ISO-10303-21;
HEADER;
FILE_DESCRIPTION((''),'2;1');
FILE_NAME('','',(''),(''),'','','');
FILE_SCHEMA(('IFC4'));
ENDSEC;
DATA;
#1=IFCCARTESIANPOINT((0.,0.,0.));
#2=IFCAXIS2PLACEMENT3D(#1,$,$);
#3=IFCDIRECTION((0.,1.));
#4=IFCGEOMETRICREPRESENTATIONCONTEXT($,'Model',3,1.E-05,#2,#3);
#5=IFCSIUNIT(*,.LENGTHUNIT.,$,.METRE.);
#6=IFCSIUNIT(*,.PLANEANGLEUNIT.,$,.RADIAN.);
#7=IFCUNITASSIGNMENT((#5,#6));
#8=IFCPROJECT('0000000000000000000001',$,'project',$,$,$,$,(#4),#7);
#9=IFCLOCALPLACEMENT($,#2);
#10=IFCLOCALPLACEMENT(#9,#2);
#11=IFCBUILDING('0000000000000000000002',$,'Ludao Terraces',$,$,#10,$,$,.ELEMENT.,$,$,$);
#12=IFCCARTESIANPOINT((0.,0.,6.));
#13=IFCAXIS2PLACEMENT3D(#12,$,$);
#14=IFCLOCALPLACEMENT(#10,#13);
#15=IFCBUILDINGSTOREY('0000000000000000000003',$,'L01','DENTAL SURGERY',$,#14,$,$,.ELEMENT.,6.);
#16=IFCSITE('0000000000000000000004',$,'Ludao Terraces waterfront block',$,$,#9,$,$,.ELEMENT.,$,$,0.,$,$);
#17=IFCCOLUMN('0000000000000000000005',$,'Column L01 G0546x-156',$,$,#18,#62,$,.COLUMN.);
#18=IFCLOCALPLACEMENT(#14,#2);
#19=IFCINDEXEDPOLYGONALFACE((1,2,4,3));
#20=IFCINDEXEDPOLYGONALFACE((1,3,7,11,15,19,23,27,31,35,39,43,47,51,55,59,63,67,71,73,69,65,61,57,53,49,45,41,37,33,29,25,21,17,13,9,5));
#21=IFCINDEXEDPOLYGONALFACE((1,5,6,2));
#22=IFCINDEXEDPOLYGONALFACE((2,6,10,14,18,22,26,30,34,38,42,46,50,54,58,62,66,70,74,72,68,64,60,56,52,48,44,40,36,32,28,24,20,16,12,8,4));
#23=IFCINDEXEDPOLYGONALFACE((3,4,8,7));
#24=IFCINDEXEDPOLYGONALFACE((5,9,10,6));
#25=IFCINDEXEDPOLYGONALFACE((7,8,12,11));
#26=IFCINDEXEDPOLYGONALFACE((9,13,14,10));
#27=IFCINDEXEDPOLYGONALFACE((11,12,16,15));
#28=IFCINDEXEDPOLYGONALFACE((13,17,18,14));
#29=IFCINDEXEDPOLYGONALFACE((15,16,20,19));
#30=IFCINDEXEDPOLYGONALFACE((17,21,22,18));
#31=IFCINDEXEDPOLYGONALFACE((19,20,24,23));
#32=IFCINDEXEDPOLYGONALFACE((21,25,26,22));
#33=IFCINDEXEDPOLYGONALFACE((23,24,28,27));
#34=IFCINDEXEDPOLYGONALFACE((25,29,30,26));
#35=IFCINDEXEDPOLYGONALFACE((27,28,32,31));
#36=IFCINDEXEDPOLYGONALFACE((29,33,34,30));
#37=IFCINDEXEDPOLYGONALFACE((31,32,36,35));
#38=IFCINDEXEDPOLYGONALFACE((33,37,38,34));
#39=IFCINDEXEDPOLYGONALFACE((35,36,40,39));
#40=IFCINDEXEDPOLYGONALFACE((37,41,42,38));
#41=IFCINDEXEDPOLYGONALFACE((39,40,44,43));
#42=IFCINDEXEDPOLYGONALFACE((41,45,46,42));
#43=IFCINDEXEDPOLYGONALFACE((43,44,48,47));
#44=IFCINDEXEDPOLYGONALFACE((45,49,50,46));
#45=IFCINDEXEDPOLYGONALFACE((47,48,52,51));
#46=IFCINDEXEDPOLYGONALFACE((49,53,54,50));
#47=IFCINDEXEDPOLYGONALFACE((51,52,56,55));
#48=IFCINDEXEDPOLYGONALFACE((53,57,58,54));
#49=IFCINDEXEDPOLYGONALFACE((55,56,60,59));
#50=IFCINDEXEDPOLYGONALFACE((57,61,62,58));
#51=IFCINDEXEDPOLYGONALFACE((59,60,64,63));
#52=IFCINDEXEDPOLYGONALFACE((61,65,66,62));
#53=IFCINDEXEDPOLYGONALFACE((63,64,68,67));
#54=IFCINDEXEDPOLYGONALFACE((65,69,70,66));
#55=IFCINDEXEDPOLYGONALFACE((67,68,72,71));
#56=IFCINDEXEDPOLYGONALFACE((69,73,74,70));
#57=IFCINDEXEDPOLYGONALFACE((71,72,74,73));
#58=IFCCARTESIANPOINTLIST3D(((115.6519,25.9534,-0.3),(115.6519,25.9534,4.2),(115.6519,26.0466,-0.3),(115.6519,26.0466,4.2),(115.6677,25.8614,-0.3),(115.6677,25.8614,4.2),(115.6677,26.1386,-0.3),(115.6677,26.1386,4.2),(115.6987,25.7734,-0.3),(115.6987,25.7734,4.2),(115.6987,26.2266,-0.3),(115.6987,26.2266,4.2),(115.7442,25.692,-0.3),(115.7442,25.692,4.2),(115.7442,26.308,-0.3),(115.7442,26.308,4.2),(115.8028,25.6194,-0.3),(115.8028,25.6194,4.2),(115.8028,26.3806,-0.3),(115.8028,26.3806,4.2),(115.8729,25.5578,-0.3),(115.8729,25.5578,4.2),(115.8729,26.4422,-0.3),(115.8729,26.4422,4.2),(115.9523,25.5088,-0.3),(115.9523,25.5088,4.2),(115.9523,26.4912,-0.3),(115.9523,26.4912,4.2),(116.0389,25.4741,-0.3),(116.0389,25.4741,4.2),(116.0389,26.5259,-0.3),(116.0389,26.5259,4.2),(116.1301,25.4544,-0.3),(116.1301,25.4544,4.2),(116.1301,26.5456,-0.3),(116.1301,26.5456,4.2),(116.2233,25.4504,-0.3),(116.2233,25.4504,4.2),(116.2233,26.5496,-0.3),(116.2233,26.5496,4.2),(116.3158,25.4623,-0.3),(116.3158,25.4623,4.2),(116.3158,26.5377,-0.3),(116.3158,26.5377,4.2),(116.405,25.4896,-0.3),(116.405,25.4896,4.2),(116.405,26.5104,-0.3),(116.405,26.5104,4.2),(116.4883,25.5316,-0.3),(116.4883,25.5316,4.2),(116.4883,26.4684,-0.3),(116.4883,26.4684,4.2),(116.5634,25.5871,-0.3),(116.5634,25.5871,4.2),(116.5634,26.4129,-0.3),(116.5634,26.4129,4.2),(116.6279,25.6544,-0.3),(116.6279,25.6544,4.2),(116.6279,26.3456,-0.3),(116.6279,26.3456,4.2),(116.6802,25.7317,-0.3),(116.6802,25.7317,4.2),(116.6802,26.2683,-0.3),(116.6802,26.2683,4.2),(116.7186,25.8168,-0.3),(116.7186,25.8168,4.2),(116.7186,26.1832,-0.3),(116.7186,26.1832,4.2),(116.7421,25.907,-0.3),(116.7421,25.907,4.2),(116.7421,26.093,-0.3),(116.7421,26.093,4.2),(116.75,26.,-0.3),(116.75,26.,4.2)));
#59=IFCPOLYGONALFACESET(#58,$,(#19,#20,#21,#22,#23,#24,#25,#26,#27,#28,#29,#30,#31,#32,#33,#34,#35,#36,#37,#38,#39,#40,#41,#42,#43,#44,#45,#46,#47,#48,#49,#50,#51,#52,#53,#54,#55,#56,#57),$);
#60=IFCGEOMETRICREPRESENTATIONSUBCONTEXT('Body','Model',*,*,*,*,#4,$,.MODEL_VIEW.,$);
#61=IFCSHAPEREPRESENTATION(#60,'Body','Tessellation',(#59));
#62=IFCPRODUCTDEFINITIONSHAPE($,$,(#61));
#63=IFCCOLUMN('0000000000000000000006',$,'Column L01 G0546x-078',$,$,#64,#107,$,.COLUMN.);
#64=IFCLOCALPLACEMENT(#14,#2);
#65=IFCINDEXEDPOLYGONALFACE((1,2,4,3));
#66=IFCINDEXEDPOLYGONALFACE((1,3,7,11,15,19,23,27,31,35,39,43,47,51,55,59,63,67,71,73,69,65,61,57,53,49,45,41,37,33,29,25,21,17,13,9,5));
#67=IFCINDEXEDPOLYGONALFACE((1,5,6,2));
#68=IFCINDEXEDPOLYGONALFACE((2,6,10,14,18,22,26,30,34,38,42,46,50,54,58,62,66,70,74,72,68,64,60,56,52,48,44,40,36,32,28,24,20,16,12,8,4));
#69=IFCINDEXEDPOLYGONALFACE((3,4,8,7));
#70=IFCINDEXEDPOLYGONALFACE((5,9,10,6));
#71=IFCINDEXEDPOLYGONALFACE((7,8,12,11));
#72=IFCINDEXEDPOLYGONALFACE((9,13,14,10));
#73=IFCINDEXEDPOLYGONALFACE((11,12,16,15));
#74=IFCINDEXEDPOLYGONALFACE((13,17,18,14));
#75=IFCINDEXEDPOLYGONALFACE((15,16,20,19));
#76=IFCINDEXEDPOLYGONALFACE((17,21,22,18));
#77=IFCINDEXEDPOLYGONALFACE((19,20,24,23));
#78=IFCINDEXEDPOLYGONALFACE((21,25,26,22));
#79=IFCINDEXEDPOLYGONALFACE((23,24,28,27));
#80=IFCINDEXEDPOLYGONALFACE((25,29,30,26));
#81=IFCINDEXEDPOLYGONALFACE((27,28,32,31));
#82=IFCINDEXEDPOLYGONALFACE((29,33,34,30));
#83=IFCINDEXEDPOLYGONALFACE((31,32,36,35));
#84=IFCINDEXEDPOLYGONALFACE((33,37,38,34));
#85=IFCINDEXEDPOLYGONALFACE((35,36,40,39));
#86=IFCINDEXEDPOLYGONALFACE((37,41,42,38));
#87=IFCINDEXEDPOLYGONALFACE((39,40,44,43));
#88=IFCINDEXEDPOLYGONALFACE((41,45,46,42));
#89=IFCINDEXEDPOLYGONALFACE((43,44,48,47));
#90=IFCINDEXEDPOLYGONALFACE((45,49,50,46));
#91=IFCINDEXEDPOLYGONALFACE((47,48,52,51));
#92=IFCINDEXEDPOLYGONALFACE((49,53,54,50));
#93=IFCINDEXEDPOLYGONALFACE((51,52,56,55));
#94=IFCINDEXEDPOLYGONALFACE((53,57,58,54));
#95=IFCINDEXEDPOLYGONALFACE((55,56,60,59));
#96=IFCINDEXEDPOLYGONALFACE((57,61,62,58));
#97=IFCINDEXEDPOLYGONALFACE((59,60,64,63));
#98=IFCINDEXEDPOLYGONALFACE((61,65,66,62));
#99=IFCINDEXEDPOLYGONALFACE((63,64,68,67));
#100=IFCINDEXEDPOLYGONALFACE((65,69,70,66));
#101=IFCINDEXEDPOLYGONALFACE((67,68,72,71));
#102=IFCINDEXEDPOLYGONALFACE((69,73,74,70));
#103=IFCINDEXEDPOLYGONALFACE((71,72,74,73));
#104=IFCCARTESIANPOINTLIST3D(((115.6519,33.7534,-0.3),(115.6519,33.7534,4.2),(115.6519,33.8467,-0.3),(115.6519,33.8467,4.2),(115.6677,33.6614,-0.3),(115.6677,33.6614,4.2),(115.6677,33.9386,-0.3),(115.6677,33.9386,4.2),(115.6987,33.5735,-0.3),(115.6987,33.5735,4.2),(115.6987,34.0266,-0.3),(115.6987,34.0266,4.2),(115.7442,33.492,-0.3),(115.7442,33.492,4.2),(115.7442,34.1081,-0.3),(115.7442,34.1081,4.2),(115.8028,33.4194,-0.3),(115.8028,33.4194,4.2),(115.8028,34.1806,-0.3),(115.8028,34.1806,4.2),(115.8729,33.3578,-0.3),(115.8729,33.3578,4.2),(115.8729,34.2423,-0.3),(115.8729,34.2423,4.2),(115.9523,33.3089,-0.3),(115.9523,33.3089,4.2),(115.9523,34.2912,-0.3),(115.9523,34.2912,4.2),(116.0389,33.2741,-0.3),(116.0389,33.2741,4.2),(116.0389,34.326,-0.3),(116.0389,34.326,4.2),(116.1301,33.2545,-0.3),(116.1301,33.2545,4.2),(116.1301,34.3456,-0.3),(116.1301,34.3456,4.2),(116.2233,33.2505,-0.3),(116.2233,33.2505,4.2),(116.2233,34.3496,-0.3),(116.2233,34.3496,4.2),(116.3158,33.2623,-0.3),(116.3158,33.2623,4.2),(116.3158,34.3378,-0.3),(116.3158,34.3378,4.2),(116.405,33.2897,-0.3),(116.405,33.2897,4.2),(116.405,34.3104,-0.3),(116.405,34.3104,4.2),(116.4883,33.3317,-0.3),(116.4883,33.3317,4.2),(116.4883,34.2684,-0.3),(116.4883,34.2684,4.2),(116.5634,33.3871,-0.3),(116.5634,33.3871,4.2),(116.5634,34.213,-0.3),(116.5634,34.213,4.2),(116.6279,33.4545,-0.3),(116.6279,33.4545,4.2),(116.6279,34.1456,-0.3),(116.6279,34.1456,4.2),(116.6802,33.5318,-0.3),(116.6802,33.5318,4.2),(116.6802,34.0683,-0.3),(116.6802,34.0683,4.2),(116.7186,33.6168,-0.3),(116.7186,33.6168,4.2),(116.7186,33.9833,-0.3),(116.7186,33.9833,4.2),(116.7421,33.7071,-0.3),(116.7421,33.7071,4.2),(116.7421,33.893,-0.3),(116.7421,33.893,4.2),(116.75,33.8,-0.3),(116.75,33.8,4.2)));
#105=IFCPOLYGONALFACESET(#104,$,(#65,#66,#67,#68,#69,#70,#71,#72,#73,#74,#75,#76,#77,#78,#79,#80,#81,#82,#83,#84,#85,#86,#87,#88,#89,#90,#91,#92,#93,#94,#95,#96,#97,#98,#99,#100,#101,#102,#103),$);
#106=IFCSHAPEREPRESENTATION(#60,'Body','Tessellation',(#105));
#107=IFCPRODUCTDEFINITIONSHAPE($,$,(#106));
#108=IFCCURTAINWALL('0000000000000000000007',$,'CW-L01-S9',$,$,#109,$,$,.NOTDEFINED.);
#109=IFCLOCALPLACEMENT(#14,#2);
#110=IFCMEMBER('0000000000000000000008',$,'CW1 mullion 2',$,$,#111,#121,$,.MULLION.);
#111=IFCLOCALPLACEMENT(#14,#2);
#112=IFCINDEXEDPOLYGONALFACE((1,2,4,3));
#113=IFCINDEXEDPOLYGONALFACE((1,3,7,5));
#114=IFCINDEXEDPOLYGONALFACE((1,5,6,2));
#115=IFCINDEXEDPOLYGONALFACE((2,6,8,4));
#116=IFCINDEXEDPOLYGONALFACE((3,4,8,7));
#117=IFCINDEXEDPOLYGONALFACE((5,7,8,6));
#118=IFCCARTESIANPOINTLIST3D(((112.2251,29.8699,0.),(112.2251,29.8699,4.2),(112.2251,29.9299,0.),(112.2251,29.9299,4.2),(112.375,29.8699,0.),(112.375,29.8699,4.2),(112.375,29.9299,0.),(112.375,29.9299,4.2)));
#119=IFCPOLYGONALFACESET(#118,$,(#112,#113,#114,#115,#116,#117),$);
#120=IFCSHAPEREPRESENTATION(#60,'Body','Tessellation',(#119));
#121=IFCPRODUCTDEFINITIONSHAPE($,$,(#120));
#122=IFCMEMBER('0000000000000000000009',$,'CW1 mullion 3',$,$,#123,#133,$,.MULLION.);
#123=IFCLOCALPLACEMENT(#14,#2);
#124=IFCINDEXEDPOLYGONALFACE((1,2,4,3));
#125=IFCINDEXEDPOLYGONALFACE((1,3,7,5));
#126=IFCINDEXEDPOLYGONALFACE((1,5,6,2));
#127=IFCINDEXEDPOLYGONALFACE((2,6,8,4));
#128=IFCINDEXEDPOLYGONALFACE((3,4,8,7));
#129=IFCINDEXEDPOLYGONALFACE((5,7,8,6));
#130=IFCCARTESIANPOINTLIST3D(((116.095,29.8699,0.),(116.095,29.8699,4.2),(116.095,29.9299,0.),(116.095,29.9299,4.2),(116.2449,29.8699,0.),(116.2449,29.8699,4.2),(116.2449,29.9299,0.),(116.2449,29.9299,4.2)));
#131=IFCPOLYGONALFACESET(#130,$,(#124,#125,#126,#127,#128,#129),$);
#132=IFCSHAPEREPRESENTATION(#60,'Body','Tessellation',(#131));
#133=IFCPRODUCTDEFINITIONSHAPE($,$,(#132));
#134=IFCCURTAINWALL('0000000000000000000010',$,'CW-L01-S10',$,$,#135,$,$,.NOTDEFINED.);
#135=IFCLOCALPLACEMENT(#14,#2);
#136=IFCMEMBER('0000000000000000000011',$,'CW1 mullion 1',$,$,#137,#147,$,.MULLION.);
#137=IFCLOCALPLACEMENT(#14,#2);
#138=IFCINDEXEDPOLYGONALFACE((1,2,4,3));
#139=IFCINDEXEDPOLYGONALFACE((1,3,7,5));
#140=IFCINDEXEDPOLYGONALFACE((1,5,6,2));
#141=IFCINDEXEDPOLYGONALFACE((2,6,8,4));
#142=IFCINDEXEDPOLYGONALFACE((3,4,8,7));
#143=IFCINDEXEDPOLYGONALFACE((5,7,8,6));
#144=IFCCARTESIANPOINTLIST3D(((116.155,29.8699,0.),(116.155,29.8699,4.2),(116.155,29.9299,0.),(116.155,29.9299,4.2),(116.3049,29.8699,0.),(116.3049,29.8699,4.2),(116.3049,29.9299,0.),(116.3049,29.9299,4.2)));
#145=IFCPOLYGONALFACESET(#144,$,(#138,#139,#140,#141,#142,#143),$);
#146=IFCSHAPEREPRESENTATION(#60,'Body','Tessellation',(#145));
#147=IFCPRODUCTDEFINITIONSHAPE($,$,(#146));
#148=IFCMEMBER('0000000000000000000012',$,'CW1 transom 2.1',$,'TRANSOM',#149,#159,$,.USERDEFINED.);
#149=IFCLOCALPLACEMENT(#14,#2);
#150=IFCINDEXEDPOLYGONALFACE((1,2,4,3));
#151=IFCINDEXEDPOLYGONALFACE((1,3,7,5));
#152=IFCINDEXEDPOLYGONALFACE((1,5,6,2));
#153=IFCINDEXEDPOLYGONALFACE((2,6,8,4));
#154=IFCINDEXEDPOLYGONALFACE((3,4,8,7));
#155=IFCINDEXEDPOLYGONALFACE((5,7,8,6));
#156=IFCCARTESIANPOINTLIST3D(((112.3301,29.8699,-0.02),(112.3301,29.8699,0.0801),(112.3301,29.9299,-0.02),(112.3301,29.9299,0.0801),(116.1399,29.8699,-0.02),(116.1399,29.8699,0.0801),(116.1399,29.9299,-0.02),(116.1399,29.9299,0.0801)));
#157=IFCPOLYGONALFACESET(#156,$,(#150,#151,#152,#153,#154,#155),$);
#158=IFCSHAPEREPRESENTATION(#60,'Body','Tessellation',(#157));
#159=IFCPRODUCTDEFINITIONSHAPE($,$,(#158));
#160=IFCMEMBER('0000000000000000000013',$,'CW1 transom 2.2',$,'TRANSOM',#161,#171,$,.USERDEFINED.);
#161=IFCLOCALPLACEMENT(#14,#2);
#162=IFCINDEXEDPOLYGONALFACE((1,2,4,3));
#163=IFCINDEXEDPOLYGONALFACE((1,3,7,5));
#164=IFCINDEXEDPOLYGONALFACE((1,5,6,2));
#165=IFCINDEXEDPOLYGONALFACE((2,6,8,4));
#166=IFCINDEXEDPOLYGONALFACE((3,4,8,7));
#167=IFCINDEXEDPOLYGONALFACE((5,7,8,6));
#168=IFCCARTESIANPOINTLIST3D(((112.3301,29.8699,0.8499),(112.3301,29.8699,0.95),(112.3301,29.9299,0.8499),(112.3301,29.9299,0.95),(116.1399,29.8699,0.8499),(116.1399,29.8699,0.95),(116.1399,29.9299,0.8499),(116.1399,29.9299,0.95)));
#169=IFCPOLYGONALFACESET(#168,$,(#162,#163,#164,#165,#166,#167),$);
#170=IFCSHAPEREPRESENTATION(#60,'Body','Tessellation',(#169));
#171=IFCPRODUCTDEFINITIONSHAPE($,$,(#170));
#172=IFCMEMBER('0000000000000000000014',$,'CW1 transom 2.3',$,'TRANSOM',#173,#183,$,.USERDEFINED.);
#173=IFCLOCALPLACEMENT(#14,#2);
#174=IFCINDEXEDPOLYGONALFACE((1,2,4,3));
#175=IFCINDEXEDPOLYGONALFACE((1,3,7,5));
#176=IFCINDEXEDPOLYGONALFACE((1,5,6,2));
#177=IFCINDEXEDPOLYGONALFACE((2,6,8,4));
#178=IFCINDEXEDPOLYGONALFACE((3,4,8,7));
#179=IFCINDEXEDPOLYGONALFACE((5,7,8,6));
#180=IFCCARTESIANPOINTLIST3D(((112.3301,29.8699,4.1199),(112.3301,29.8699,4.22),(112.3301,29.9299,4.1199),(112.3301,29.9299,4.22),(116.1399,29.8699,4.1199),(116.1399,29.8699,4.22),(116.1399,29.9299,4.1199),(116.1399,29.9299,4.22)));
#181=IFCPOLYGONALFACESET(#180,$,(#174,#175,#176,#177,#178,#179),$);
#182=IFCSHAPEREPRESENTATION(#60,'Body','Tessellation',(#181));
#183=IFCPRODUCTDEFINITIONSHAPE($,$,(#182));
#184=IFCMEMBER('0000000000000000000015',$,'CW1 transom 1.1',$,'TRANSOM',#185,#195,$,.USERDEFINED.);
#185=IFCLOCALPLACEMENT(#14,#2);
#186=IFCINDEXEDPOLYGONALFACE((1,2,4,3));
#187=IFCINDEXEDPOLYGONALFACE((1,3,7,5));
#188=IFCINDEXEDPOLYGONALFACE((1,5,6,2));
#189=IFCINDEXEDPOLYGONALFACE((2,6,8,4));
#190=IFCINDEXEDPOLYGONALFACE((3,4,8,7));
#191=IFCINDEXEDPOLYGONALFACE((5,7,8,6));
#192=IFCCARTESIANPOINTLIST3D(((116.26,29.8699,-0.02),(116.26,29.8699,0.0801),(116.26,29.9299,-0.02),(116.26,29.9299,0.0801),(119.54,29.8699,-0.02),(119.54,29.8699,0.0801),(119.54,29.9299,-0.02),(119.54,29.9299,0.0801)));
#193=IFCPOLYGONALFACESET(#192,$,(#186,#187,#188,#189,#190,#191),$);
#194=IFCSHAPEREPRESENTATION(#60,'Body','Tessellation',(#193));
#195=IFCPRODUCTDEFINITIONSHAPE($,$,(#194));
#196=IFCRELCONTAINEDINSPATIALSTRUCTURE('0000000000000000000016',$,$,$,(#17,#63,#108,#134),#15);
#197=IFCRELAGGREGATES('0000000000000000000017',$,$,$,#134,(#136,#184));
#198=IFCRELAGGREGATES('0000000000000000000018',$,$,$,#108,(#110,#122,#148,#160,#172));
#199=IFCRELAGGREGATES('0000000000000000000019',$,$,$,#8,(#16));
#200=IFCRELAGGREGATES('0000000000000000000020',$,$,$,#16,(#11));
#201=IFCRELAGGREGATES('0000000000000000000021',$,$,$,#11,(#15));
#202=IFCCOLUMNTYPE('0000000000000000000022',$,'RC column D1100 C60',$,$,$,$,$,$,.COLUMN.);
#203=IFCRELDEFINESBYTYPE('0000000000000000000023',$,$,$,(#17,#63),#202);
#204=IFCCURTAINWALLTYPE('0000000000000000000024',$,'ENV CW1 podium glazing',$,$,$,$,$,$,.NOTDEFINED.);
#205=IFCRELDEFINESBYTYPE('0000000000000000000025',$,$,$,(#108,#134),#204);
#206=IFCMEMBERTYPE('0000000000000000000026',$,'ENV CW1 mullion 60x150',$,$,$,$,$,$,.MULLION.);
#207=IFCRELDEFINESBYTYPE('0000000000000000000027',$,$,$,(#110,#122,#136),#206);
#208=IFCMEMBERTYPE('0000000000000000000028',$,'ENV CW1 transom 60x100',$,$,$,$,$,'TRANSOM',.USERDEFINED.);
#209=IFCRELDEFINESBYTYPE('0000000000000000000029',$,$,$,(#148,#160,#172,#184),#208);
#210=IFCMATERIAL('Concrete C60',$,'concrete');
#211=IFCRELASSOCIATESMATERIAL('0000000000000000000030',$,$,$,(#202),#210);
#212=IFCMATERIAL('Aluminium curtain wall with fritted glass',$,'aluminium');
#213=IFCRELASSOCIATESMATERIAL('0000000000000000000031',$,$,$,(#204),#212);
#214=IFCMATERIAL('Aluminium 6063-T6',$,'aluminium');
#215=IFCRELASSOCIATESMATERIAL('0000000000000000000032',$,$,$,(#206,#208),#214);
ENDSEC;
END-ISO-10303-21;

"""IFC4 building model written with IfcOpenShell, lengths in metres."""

from ifc_helpers import new_model, si_unit, direction, frame, origin, origin_2d, place, context, subcontext, project, spatial, rectangle, circle, extrude, material, material_profile, profile_set, type_object, element, aggregate, save


model = new_model("IFC4")

# Units and contexts
model_context = context("Model", 3, precision=1e-05, world=origin(), true_north=direction((0.0, 1.0)))
body_context = subcontext(model_context, "Body", "Model", "MODEL_VIEW")
ifc_project = project(units=[si_unit("LENGTHUNIT", "METRE"), si_unit("PLANEANGLEUNIT", "RADIAN")], contexts=[model_context])

# Site, building, storey
site_placement = place(None, origin())
site = spatial("IfcSite", under=ifc_project, at=site_placement, Name="Ludao Terraces waterfront block", CompositionType="ELEMENT", RefElevation=0.0)
building_placement = place(site_placement, origin())
building = spatial("IfcBuilding", under=site, at=building_placement, Name="Ludao Terraces", CompositionType="ELEMENT")
storey_placement = place(building_placement, frame((0.0, 0.0, 6.0)))
storey = spatial("IfcBuildingStorey", under=building, at=storey_placement, Name="L01", Description="DENTAL SURGERY", CompositionType="ELEMENT", Elevation=6.0)

# Columns
ifc_material_1 = material(Name="Concrete C60", Category="concrete")
ifc_material_profile_1 = material_profile(ifc_material_1, circle(Radius=0.55, at=origin_2d()), Name="D1100")
ifc_profile_set_1 = profile_set([ifc_material_profile_1], Name="Concrete C60")
column_type = type_object("IfcColumnType", Name="RC column D1100 C60", PredefinedType="COLUMN", material=ifc_profile_set_1)
for number, where, z_axis, x_axis, name in (
    (1, (116.2, 26.0, -0.3), (0.0, 0.0, 1.0), (1.0, 0.0, 0.0), "Column L01 G0546x-156"),
    (2, (116.2, 33.8, -0.3), (0.0, 0.0, 1.0), (1.0, 0.0, 0.0), "Column L01 G0546x-078"),
):
    element("IfcColumn", number, at=place(storey_placement, frame(where, z_axis=z_axis, x_axis=x_axis)), inside=storey, type_object=column_type, Name=name, PredefinedType="COLUMN", context=body_context, shape_type="SweptSolid", body=[
        extrude(circle(Radius=0.55, at=origin_2d()), origin(), (0.0, 0.0, 1.0), 4.5),
    ])

# Curtain wall, members
ifc_material_2 = material(Name="Aluminium curtain wall with fritted glass", Category="aluminium")
curtain_wall_type = type_object("IfcCurtainWallType", Name="ENV CW1 podium glazing", PredefinedType="NOTDEFINED", material=ifc_material_2)
curtain_wall_1_placement = place(storey_placement, origin())
curtain_wall_1 = element("IfcCurtainWall", 3, at=curtain_wall_1_placement, inside=storey, type_object=curtain_wall_type, Name="CW-L01-S9", PredefinedType="NOTDEFINED")
ifc_material_3 = material(Name="Aluminium 6063-T6", Category="aluminium")
ifc_material_profile_2 = material_profile(ifc_material_3, rectangle(XDim=0.0601, YDim=0.1499, at=origin_2d()), Name="60 X 150")
ifc_profile_set_2 = profile_set([ifc_material_profile_2], Name="Aluminium 6063-T6")
member_type_1 = type_object("IfcMemberType", Name="ENV CW1 mullion 60x150", PredefinedType="MULLION", material=ifc_profile_set_2)
member_1_placement = place(storey_placement, frame((112.3, 29.8999, 0.0), z_axis=(0.0, 0.0, 1.0), x_axis=(0.0, 1.0, 0.0)))
member_1 = element("IfcMember", 4, at=member_1_placement, type_object=member_type_1, Name="CW1 mullion 2", PredefinedType="MULLION", context=body_context, shape_type="SweptSolid", body=[
    extrude(rectangle(XDim=0.0601, YDim=0.1499, at=origin_2d()), origin(), (0.0, 0.0, 1.0), 4.2),
])
member_2_placement = place(storey_placement, frame((116.1699, 29.8999, 0.0), z_axis=(0.0, 0.0, 1.0), x_axis=(0.0, 1.0, 0.0)))
member_2 = element("IfcMember", 5, at=member_2_placement, type_object=member_type_1, Name="CW1 mullion 3", PredefinedType="MULLION", context=body_context, shape_type="SweptSolid", body=[
    extrude(rectangle(XDim=0.0601, YDim=0.1499, at=origin_2d()), origin(), (0.0, 0.0, 1.0), 4.2),
])

# Curtain wall, member
curtain_wall_2_placement = place(storey_placement, origin())
curtain_wall_2 = element("IfcCurtainWall", 6, at=curtain_wall_2_placement, inside=storey, type_object=curtain_wall_type, Name="CW-L01-S10", PredefinedType="NOTDEFINED")
member_3_placement = place(storey_placement, frame((116.23, 29.8999, 0.0), z_axis=(0.0, 0.0, 1.0), x_axis=(0.0, 1.0, 0.0)))
member_3 = element("IfcMember", 7, at=member_3_placement, type_object=member_type_1, Name="CW1 mullion 1", PredefinedType="MULLION", context=body_context, shape_type="SweptSolid", body=[
    extrude(rectangle(XDim=0.0601, YDim=0.1499, at=origin_2d()), origin(), (0.0, 0.0, 1.0), 4.2),
])

# Members
ifc_material_profile_3 = material_profile(ifc_material_3, rectangle(XDim=0.0601, YDim=0.1001, at=origin_2d()), Name="60 X 100")
ifc_profile_set_3 = profile_set([ifc_material_profile_3], Name="Aluminium 6063-T6")
member_type_2 = type_object("IfcMemberType", Name="ENV CW1 transom 60x100", ElementType="TRANSOM", PredefinedType="USERDEFINED", material=ifc_profile_set_3)
member_4_placement = place(storey_placement, frame((112.3301, 29.8999, 0.03), z_axis=(1.0, 0.0, 0.0), x_axis=(0.0, 1.0, 0.0)))
member_4 = element("IfcMember", 8, at=member_4_placement, type_object=member_type_2, Name="CW1 transom 2.1", ObjectType="TRANSOM", PredefinedType="USERDEFINED", context=body_context, shape_type="SweptSolid", body=[
    extrude(rectangle(XDim=0.0601, YDim=0.1001, at=origin_2d()), origin(), (0.0, 0.0, 1.0), 3.8098),
])
member_5_placement = place(storey_placement, frame((112.3301, 29.8999, 0.8999), z_axis=(1.0, 0.0, 0.0), x_axis=(0.0, 1.0, 0.0)))
member_5 = element("IfcMember", 9, at=member_5_placement, type_object=member_type_2, Name="CW1 transom 2.2", ObjectType="TRANSOM", PredefinedType="USERDEFINED", context=body_context, shape_type="SweptSolid", body=[
    extrude(rectangle(XDim=0.0601, YDim=0.1001, at=origin_2d()), origin(), (0.0, 0.0, 1.0), 3.8098),
])
member_6_placement = place(storey_placement, frame((112.3301, 29.8999, 4.1699), z_axis=(1.0, 0.0, 0.0), x_axis=(0.0, 1.0, 0.0)))
member_6 = element("IfcMember", 10, at=member_6_placement, type_object=member_type_2, Name="CW1 transom 2.3", ObjectType="TRANSOM", PredefinedType="USERDEFINED", context=body_context, shape_type="SweptSolid", body=[
    extrude(rectangle(XDim=0.0601, YDim=0.1001, at=origin_2d()), origin(), (0.0, 0.0, 1.0), 3.8098),
])
member_7_placement = place(storey_placement, frame((116.26, 29.8999, 0.03), z_axis=(1.0, 0.0, 0.0), x_axis=(0.0, 1.0, 0.0)))
member_7 = element("IfcMember", 11, at=member_7_placement, type_object=member_type_2, Name="CW1 transom 1.1", ObjectType="TRANSOM", PredefinedType="USERDEFINED", context=body_context, shape_type="SweptSolid", body=[
    extrude(rectangle(XDim=0.0601, YDim=0.1001, at=origin_2d()), origin(), (0.0, 0.0, 1.0), 3.28),
])
aggregate(curtain_wall_2, [member_3, member_7])

aggregate(curtain_wall_1, [member_1, member_2, member_4, member_5, member_6])

save(model, "model.ifc")
